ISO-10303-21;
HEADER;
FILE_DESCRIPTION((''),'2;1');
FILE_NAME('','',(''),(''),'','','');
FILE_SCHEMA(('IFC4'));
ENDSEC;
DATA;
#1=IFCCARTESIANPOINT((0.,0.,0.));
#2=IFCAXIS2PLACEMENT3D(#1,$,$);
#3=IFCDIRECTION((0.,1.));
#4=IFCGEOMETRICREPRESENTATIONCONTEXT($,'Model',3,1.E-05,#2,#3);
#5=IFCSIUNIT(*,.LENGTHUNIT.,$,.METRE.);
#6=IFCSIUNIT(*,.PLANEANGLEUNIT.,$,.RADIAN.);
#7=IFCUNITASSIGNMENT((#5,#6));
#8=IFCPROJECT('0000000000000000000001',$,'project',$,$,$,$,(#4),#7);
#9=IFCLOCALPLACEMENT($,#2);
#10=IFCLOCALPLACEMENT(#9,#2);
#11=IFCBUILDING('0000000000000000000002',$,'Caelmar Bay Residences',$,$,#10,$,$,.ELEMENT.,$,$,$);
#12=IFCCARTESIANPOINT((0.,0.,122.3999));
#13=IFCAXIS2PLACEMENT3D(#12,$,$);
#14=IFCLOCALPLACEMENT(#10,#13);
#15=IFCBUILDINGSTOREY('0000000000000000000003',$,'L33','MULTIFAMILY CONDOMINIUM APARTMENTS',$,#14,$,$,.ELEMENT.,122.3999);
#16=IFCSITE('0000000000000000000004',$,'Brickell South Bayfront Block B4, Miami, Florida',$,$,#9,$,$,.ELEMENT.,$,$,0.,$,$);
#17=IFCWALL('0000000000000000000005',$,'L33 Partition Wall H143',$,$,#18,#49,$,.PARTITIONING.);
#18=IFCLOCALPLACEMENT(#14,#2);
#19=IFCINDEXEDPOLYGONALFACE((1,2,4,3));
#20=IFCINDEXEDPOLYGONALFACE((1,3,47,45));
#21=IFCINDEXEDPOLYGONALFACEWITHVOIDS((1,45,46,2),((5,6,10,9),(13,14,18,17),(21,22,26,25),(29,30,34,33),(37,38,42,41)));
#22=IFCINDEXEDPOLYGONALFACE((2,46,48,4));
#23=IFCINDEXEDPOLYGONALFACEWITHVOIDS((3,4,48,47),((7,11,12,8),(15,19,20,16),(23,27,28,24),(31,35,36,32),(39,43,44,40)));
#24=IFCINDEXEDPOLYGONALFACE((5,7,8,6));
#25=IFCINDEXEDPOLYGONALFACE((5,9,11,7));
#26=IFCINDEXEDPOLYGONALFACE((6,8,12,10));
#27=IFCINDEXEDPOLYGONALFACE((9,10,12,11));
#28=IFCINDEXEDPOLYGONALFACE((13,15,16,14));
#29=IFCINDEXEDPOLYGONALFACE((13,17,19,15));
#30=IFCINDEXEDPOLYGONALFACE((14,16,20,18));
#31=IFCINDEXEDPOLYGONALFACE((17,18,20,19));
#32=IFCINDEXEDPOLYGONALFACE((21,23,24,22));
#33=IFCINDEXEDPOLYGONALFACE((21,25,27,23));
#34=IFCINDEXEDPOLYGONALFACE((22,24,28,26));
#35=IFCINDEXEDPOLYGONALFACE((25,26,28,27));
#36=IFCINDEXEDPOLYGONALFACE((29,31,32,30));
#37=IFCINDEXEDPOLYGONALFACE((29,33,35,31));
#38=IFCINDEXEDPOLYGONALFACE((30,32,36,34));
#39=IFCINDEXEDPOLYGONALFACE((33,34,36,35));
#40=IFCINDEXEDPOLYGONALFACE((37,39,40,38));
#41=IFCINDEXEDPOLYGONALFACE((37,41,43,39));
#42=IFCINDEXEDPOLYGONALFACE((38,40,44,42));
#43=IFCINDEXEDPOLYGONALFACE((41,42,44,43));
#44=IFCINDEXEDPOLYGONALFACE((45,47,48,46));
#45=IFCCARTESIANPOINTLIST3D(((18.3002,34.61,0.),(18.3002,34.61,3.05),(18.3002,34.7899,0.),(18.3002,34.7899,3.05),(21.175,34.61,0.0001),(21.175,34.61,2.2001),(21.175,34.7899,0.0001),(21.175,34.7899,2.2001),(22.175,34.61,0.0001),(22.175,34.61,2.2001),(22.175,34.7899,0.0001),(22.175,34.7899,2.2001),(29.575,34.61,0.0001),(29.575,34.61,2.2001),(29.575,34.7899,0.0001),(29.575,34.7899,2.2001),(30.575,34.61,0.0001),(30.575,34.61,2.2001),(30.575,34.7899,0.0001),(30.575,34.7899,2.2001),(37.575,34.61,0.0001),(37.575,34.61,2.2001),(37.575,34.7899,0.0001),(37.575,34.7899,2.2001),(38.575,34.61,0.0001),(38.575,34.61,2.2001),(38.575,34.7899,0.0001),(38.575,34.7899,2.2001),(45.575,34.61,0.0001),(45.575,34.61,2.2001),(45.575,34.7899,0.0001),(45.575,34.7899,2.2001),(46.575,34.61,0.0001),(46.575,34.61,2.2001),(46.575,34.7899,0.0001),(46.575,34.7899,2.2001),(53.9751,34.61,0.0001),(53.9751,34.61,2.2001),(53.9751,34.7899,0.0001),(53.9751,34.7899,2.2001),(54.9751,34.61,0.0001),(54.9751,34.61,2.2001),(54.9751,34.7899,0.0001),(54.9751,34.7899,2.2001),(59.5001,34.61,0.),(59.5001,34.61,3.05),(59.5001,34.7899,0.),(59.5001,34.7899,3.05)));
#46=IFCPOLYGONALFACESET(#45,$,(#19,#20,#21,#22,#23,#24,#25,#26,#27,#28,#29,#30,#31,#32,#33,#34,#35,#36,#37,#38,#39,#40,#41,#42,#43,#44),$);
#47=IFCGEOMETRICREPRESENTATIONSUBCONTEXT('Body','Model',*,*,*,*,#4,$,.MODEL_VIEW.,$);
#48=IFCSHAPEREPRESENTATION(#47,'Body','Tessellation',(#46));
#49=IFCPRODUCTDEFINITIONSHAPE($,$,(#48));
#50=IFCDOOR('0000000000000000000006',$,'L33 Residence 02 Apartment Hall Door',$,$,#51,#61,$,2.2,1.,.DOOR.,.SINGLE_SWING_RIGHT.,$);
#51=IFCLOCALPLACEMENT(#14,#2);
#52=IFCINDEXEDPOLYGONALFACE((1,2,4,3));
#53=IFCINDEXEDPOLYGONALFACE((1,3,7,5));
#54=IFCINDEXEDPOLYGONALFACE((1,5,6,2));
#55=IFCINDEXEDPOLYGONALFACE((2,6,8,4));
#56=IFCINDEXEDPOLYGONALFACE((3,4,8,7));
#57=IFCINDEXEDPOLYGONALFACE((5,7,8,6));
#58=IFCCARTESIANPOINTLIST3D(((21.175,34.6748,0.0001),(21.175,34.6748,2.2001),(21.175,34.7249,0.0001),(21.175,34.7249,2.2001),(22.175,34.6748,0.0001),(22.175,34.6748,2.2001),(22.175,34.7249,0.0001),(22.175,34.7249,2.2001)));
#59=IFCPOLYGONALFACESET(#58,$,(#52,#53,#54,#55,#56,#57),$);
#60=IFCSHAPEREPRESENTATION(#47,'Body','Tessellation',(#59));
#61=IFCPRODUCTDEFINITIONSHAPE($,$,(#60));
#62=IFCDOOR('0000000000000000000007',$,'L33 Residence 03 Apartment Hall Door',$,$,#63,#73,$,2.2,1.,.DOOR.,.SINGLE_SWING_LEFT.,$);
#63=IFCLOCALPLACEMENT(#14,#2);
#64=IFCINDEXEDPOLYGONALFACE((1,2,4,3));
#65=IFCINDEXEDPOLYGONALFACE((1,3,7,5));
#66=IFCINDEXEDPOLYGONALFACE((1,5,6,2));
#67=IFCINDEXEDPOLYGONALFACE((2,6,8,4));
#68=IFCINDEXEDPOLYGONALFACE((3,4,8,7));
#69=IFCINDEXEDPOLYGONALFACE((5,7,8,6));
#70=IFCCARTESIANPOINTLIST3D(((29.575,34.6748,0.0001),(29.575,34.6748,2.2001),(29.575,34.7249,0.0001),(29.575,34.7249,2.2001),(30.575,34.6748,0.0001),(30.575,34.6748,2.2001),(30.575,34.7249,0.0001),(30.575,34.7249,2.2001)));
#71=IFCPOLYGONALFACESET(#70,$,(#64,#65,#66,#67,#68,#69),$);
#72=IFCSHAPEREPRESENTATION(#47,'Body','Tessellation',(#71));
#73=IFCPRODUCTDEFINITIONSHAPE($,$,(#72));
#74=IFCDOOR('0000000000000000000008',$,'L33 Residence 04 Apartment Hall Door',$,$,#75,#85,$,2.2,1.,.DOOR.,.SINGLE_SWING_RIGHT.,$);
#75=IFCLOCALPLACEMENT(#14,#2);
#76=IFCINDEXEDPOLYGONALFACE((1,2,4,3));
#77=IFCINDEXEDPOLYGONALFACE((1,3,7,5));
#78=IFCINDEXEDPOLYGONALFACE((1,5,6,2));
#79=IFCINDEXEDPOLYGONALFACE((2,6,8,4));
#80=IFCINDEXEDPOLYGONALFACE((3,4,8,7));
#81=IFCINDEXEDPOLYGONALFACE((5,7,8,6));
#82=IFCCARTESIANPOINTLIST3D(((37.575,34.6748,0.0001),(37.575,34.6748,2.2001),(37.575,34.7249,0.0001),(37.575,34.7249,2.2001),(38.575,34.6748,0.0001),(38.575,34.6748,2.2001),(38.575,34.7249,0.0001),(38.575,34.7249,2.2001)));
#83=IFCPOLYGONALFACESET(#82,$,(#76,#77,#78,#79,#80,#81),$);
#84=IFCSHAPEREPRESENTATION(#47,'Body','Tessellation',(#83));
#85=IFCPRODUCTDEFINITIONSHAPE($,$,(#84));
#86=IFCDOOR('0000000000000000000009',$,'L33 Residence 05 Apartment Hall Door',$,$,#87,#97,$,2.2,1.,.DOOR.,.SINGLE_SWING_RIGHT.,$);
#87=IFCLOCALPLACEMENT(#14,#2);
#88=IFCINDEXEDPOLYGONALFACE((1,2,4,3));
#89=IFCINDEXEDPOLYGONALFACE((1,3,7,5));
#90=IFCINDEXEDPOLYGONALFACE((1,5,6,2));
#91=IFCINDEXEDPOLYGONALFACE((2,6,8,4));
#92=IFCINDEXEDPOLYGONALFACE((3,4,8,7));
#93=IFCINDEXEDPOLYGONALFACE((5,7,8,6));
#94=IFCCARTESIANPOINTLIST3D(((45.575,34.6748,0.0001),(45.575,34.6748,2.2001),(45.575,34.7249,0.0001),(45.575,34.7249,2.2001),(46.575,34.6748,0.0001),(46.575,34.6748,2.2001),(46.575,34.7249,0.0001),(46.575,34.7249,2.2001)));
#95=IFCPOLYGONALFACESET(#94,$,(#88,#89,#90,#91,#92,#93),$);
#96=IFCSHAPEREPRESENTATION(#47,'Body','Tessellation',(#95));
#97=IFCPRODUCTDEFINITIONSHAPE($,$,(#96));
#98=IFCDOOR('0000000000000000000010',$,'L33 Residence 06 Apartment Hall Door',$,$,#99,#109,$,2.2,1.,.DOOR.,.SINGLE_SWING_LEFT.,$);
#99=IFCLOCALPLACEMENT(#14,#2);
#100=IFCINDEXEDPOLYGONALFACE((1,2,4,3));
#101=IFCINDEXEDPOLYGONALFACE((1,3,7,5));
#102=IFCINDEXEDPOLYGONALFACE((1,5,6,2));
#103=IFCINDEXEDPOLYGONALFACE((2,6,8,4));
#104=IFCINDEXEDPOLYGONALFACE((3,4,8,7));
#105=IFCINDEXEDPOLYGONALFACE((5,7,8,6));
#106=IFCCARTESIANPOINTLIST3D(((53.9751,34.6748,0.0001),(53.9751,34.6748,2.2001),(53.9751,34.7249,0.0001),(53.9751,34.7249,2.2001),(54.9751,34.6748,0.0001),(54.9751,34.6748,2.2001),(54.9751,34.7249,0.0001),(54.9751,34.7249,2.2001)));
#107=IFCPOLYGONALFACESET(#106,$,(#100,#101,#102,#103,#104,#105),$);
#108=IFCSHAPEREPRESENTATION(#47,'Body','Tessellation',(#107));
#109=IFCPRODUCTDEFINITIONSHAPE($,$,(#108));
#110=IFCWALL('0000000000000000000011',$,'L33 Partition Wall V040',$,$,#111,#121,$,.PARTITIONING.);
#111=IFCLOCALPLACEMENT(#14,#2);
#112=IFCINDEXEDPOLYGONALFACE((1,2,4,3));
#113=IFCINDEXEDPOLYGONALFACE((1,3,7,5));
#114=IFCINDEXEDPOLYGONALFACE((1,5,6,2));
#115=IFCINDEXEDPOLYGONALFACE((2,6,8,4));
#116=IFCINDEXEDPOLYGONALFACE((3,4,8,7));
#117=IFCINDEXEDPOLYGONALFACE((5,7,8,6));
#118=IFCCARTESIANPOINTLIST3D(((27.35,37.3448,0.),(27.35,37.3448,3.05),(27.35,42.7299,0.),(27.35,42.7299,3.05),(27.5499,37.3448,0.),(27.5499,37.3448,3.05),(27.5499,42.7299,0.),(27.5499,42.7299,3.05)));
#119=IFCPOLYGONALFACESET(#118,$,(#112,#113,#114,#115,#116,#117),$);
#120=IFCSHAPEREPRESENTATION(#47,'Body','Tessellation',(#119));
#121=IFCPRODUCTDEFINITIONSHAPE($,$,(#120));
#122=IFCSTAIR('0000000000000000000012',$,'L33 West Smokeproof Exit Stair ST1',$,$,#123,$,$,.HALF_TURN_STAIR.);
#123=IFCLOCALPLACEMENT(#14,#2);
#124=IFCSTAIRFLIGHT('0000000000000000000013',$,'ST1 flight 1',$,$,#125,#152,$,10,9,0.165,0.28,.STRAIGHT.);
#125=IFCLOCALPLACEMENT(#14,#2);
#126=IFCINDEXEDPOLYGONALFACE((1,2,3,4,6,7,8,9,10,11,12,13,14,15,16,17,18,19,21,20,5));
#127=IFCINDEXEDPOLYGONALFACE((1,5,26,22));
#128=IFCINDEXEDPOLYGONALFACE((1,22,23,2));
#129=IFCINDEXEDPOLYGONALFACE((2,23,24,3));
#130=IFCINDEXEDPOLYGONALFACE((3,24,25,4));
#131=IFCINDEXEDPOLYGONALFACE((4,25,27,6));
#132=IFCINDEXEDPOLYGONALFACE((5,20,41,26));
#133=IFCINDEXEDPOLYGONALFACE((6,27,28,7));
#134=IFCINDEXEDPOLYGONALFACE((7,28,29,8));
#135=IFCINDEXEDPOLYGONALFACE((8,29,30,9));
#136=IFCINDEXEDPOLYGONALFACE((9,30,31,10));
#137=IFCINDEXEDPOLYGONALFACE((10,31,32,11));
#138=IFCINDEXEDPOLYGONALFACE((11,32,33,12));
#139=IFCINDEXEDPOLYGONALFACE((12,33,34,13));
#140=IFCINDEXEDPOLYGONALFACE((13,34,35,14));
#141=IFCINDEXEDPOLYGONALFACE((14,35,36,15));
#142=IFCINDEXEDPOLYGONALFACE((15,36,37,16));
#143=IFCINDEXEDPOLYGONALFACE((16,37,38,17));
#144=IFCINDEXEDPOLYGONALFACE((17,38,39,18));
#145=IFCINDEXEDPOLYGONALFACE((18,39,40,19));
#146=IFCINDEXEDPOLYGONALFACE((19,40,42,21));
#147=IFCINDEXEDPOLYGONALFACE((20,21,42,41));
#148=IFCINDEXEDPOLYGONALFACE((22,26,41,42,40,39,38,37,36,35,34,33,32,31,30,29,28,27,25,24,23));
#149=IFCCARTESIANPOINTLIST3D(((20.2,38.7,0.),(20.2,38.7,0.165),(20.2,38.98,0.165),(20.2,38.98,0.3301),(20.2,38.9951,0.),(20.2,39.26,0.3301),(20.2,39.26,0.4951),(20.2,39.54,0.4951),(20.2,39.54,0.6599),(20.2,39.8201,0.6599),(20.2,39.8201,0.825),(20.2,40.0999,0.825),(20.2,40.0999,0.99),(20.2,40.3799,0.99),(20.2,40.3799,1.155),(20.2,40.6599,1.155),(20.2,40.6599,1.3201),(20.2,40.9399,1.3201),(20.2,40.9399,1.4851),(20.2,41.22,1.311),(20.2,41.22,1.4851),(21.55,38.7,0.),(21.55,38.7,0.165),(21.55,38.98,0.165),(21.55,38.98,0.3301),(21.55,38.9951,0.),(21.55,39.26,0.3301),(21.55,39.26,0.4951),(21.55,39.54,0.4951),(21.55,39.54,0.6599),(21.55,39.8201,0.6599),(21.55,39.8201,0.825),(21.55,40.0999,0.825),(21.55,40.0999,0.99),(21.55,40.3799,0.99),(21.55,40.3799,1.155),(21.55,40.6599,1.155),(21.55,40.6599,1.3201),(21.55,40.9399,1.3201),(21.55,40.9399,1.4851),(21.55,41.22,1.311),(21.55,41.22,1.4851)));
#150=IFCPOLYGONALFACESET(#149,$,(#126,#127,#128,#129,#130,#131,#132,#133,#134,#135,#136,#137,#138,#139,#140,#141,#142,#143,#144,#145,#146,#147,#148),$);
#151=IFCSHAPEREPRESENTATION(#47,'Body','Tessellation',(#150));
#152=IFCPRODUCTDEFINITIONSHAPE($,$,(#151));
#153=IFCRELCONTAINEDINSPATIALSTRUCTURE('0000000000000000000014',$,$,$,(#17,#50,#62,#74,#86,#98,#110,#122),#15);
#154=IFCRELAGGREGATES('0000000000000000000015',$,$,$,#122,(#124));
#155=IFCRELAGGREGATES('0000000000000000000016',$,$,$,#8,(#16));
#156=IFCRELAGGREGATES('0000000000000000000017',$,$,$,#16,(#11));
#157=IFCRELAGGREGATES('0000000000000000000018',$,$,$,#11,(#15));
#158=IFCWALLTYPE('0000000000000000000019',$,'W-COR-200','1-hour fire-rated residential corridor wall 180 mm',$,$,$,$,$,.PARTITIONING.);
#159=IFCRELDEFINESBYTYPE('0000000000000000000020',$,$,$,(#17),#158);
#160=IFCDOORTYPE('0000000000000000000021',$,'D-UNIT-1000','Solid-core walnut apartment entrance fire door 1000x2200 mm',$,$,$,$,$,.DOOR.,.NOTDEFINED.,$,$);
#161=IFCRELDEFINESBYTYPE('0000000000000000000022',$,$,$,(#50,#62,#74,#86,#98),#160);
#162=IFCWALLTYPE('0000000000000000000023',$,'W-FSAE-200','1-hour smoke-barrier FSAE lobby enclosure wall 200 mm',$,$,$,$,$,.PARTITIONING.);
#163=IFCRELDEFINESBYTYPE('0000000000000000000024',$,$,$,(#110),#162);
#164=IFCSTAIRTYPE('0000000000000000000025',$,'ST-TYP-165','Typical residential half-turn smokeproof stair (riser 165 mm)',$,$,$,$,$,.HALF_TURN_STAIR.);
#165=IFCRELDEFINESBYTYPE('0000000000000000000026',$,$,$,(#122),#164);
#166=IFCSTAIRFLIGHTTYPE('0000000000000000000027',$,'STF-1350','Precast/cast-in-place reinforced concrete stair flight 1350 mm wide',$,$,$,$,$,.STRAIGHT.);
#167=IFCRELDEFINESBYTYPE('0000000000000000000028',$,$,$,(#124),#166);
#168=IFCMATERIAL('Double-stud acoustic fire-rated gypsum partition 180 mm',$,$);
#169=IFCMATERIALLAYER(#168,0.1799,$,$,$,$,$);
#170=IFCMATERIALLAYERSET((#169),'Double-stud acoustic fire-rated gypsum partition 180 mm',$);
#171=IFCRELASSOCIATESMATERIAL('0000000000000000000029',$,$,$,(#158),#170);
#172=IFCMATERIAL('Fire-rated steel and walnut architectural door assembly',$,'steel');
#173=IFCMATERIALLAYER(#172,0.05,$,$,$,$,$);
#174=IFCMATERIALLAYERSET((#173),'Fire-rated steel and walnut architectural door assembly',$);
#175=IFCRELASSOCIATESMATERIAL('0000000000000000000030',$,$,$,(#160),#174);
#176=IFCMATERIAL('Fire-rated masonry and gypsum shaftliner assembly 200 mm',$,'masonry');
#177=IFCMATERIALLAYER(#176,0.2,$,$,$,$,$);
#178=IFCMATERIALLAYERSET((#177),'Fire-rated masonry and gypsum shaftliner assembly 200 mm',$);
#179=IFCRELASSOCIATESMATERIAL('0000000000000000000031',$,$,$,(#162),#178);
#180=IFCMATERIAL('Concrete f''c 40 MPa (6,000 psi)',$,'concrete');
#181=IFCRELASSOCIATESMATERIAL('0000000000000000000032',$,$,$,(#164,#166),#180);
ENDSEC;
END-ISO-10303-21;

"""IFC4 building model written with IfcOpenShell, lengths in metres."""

from ifc_helpers import new_model, si_unit, direction, frame, frame_2d, origin, place, context, subcontext, project, spatial, polyline, rectangle, outline, extrude, material, layer, layer_set, type_object, element, fill, aggregate, save


model = new_model("IFC4")

# Units and contexts
model_context = context("Model", 3, precision=1e-05, world=origin(), true_north=direction((0.0, 1.0)))
body_context = subcontext(model_context, "Body", "Model", "MODEL_VIEW")
ifc_project = project(units=[si_unit("LENGTHUNIT", "METRE"), si_unit("PLANEANGLEUNIT", "RADIAN")], contexts=[model_context])

# Site, building, storey
site_placement = place(None, origin())
site = spatial("IfcSite", under=ifc_project, at=site_placement, Name="Brickell South Bayfront Block B4, Miami, Florida", CompositionType="ELEMENT", RefElevation=0.0)
building_placement = place(site_placement, origin())
building = spatial("IfcBuilding", under=site, at=building_placement, Name="Caelmar Bay Residences", CompositionType="ELEMENT")
storey_placement = place(building_placement, frame((0.0, 0.0, 122.3999)))
storey = spatial("IfcBuildingStorey", under=building, at=storey_placement, Name="L33", Description="MULTIFAMILY CONDOMINIUM APARTMENTS", CompositionType="ELEMENT", Elevation=122.3999)

# Shared definitions
ifc_material_1 = material(Name="Fire-rated steel and walnut architectural door assembly", Category="steel")

# Wall, openings, doors
ifc_material_2 = material(Name="Double-stud acoustic fire-rated gypsum partition 180 mm")
ifc_layer_1 = layer(ifc_material_2, 0.1799)
ifc_layer_set_1 = layer_set([ifc_layer_1], Name="Double-stud acoustic fire-rated gypsum partition 180 mm")
wall_type_1 = type_object("IfcWallType", Name="W-COR-200", Description="1-hour fire-rated residential corridor wall 180 mm", PredefinedType="PARTITIONING", material=ifc_layer_set_1)
wall_1_placement = place(storey_placement, frame((18.3, 34.7, 0.0), z_axis=(0.0, 0.0, 1.0), x_axis=(1.0, 0.0, 0.0)))
wall_1 = element("IfcWall", 1, at=wall_1_placement, inside=storey, type_object=wall_type_1, Name="L33 Partition Wall H143", PredefinedType="PARTITIONING", context=body_context, shape_type="SweptSolid", body=[
    extrude(rectangle(XDim=41.2, YDim=0.1799, at=frame_2d((20.6001, 0.0))), origin(), (0.0, 0.0, 1.0), 3.05),
])
opening_1_placement = place(wall_1_placement, frame((2.875, 0.0, 0.0)))
opening_1 = element("IfcOpeningElement", 2, at=opening_1_placement, cuts=wall_1, PredefinedType="OPENING", context=body_context, shape_type="SweptSolid", body=[
    extrude(rectangle(XDim=1.0, YDim=2.2, at=frame_2d((0.5, 1.1001))), frame((0.0, 0.0999, 0.0), z_axis=(0.0, -1.0, 0.0), x_axis=(1.0, 0.0, 0.0)), (0.0, 0.0, 1.0), 0.2),
])
opening_2_placement = place(wall_1_placement, frame((11.2749, 0.0, 0.0)))
opening_2 = element("IfcOpeningElement", 3, at=opening_2_placement, cuts=wall_1, PredefinedType="OPENING", context=body_context, shape_type="SweptSolid", body=[
    extrude(rectangle(XDim=1.0, YDim=2.2, at=frame_2d((0.5, 1.1001))), frame((0.0, 0.0999, 0.0), z_axis=(0.0, -1.0, 0.0), x_axis=(1.0, 0.0, 0.0)), (0.0, 0.0, 1.0), 0.2),
])
opening_3_placement = place(wall_1_placement, frame((19.2749, 0.0, 0.0)))
opening_3 = element("IfcOpeningElement", 4, at=opening_3_placement, cuts=wall_1, PredefinedType="OPENING", context=body_context, shape_type="SweptSolid", body=[
    extrude(rectangle(XDim=1.0, YDim=2.2, at=frame_2d((0.5, 1.1001))), frame((0.0, 0.0999, 0.0), z_axis=(0.0, -1.0, 0.0), x_axis=(1.0, 0.0, 0.0)), (0.0, 0.0, 1.0), 0.2),
])
opening_4_placement = place(wall_1_placement, frame((27.2749, 0.0, 0.0)))
opening_4 = element("IfcOpeningElement", 5, at=opening_4_placement, cuts=wall_1, PredefinedType="OPENING", context=body_context, shape_type="SweptSolid", body=[
    extrude(rectangle(XDim=1.0, YDim=2.2, at=frame_2d((0.5, 1.1001))), frame((0.0, 0.0999, 0.0), z_axis=(0.0, -1.0, 0.0), x_axis=(1.0, 0.0, 0.0)), (0.0, 0.0, 1.0), 0.2),
])
opening_5_placement = place(wall_1_placement, frame((35.675, 0.0, 0.0)))
opening_5 = element("IfcOpeningElement", 6, at=opening_5_placement, cuts=wall_1, PredefinedType="OPENING", context=body_context, shape_type="SweptSolid", body=[
    extrude(rectangle(XDim=1.0, YDim=2.2, at=frame_2d((0.5, 1.1001))), frame((0.0, 0.0999, 0.0), z_axis=(0.0, -1.0, 0.0), x_axis=(1.0, 0.0, 0.0)), (0.0, 0.0, 1.0), 0.2),
])
ifc_layer_2 = layer(ifc_material_1, 0.05)
ifc_layer_set_2 = layer_set([ifc_layer_2], Name="Fire-rated steel and walnut architectural door assembly")
door_type_1 = type_object("IfcDoorType", Name="D-UNIT-1000", Description="Solid-core walnut apartment entrance fire door 1000x2200 mm", OperationType="NOTDEFINED", PredefinedType="DOOR", material=ifc_layer_set_2)
door_1_placement = place(opening_1_placement, origin())
door_1 = element("IfcDoor", 7, at=door_1_placement, inside=storey, type_object=door_type_1, Name="L33 Residence 02 Apartment Hall Door", OperationType="SINGLE_SWING_RIGHT", OverallHeight=2.2, OverallWidth=1.0, PredefinedType="DOOR", context=body_context, shape_type="SweptSolid", body=[
    extrude(rectangle(XDim=1.0, YDim=2.2, at=frame_2d((0.5, 1.1001))), frame((0.0, 0.0249, 0.0), z_axis=(0.0, -1.0, 0.0), x_axis=(1.0, 0.0, 0.0)), (0.0, 0.0, 1.0), 0.05),
])
fill(opening_1, door_1)
door_2_placement = place(opening_2_placement, origin())
door_2 = element("IfcDoor", 8, at=door_2_placement, inside=storey, type_object=door_type_1, Name="L33 Residence 03 Apartment Hall Door", OperationType="SINGLE_SWING_LEFT", OverallHeight=2.2, OverallWidth=1.0, PredefinedType="DOOR", context=body_context, shape_type="SweptSolid", body=[
    extrude(rectangle(XDim=1.0, YDim=2.2, at=frame_2d((0.5, 1.1001))), frame((0.0, 0.0249, 0.0), z_axis=(0.0, -1.0, 0.0), x_axis=(1.0, 0.0, 0.0)), (0.0, 0.0, 1.0), 0.05),
])
fill(opening_2, door_2)
door_3_placement = place(opening_3_placement, origin())
door_3 = element("IfcDoor", 9, at=door_3_placement, inside=storey, type_object=door_type_1, Name="L33 Residence 04 Apartment Hall Door", OperationType="SINGLE_SWING_RIGHT", OverallHeight=2.2, OverallWidth=1.0, PredefinedType="DOOR", context=body_context, shape_type="SweptSolid", body=[
    extrude(rectangle(XDim=1.0, YDim=2.2, at=frame_2d((0.5, 1.1001))), frame((0.0, 0.0249, 0.0), z_axis=(0.0, -1.0, 0.0), x_axis=(1.0, 0.0, 0.0)), (0.0, 0.0, 1.0), 0.05),
])
fill(opening_3, door_3)
door_4_placement = place(opening_4_placement, origin())
door_4 = element("IfcDoor", 10, at=door_4_placement, inside=storey, type_object=door_type_1, Name="L33 Residence 05 Apartment Hall Door", OperationType="SINGLE_SWING_RIGHT", OverallHeight=2.2, OverallWidth=1.0, PredefinedType="DOOR", context=body_context, shape_type="SweptSolid", body=[
    extrude(rectangle(XDim=1.0, YDim=2.2, at=frame_2d((0.5, 1.1001))), frame((0.0, 0.0249, 0.0), z_axis=(0.0, -1.0, 0.0), x_axis=(1.0, 0.0, 0.0)), (0.0, 0.0, 1.0), 0.05),
])
fill(opening_4, door_4)
door_5_placement = place(opening_5_placement, origin())
door_5 = element("IfcDoor", 11, at=door_5_placement, inside=storey, type_object=door_type_1, Name="L33 Residence 06 Apartment Hall Door", OperationType="SINGLE_SWING_LEFT", OverallHeight=2.2, OverallWidth=1.0, PredefinedType="DOOR", context=body_context, shape_type="SweptSolid", body=[
    extrude(rectangle(XDim=1.0, YDim=2.2, at=frame_2d((0.5, 1.1001))), frame((0.0, 0.0249, 0.0), z_axis=(0.0, -1.0, 0.0), x_axis=(1.0, 0.0, 0.0)), (0.0, 0.0, 1.0), 0.05),
])
fill(opening_5, door_5)

# Wall
ifc_material_3 = material(Name="Fire-rated masonry and gypsum shaftliner assembly 200 mm", Category="masonry")
ifc_layer_3 = layer(ifc_material_3, 0.2)
ifc_layer_set_3 = layer_set([ifc_layer_3], Name="Fire-rated masonry and gypsum shaftliner assembly 200 mm")
wall_type_2 = type_object("IfcWallType", Name="W-FSAE-200", Description="1-hour smoke-barrier FSAE lobby enclosure wall 200 mm", PredefinedType="PARTITIONING", material=ifc_layer_set_3)
wall_2_placement = place(storey_placement, frame((27.45, 37.345, 0.0), z_axis=(0.0, 0.0, 1.0), x_axis=(0.0, 1.0, 0.0)))
element("IfcWall", 12, at=wall_2_placement, inside=storey, type_object=wall_type_2, Name="L33 Partition Wall V040", PredefinedType="PARTITIONING", context=body_context, shape_type="SweptSolid", body=[
    extrude(rectangle(XDim=5.385, YDim=0.2, at=frame_2d((2.6924, 0.0))), origin(), (0.0, 0.0, 1.0), 3.05),
])

# Stair, stair flight
ifc_material_4 = material(Name="Concrete f'c 40 MPa (6,000 psi)", Category="concrete")
stair_type = type_object("IfcStairType", Name="ST-TYP-165", Description="Typical residential half-turn smokeproof stair (riser 165 mm)", PredefinedType="HALF_TURN_STAIR", material=ifc_material_4)
stair_1_placement = place(storey_placement, origin())
stair_1 = element("IfcStair", 13, at=stair_1_placement, inside=storey, type_object=stair_type, Name="L33 West Smokeproof Exit Stair ST1", PredefinedType="HALF_TURN_STAIR")
stair_flight_type = type_object("IfcStairFlightType", Name="STF-1350", Description="Precast/cast-in-place reinforced concrete stair flight 1350 mm wide", PredefinedType="STRAIGHT", material=ifc_material_4)
stair_flight_1_placement = place(storey_placement, frame((20.875, 38.7, 0.0), z_axis=(0.0, 0.0, 1.0), x_axis=(0.0, 1.0, 0.0)))
stair_flight_1 = element("IfcStairFlight", 14, at=stair_flight_1_placement, type_object=stair_flight_type, Name="ST1 flight 1", NumberOfRisers=10, NumberOfTreads=9, PredefinedType="STRAIGHT", RiserHeight=0.165, TreadLength=0.28, context=body_context, shape_type="SweptSolid", body=[
    extrude(outline(polyline([(0.0, 0.0), (0.0, 0.165), (0.28, 0.165), (0.28, 0.3301), (0.5601, 0.3301), (0.5601, 0.4951), (0.8401, 0.4951), (0.8401, 0.6599), (1.1201, 0.6599), (1.1201, 0.825), (1.3999, 0.825), (1.3999, 0.99), (1.6799, 0.99), (1.6799, 1.155), (1.96, 1.155), (1.96, 1.3201), (2.24, 1.3201), (2.24, 1.4851), (2.52, 1.4851), (2.52, 1.6499), (2.52, 1.311), (0.2952, 0.0), (0.0, 0.0)])), frame((0.0, 0.675, 0.0), z_axis=(0.0, -1.0, 0.0), x_axis=(1.0, 0.0, 0.0)), (0.0, 0.0, 1.0), 1.3501),
])
aggregate(stair_1, [stair_flight_1])

save(model, "model.ifc")
